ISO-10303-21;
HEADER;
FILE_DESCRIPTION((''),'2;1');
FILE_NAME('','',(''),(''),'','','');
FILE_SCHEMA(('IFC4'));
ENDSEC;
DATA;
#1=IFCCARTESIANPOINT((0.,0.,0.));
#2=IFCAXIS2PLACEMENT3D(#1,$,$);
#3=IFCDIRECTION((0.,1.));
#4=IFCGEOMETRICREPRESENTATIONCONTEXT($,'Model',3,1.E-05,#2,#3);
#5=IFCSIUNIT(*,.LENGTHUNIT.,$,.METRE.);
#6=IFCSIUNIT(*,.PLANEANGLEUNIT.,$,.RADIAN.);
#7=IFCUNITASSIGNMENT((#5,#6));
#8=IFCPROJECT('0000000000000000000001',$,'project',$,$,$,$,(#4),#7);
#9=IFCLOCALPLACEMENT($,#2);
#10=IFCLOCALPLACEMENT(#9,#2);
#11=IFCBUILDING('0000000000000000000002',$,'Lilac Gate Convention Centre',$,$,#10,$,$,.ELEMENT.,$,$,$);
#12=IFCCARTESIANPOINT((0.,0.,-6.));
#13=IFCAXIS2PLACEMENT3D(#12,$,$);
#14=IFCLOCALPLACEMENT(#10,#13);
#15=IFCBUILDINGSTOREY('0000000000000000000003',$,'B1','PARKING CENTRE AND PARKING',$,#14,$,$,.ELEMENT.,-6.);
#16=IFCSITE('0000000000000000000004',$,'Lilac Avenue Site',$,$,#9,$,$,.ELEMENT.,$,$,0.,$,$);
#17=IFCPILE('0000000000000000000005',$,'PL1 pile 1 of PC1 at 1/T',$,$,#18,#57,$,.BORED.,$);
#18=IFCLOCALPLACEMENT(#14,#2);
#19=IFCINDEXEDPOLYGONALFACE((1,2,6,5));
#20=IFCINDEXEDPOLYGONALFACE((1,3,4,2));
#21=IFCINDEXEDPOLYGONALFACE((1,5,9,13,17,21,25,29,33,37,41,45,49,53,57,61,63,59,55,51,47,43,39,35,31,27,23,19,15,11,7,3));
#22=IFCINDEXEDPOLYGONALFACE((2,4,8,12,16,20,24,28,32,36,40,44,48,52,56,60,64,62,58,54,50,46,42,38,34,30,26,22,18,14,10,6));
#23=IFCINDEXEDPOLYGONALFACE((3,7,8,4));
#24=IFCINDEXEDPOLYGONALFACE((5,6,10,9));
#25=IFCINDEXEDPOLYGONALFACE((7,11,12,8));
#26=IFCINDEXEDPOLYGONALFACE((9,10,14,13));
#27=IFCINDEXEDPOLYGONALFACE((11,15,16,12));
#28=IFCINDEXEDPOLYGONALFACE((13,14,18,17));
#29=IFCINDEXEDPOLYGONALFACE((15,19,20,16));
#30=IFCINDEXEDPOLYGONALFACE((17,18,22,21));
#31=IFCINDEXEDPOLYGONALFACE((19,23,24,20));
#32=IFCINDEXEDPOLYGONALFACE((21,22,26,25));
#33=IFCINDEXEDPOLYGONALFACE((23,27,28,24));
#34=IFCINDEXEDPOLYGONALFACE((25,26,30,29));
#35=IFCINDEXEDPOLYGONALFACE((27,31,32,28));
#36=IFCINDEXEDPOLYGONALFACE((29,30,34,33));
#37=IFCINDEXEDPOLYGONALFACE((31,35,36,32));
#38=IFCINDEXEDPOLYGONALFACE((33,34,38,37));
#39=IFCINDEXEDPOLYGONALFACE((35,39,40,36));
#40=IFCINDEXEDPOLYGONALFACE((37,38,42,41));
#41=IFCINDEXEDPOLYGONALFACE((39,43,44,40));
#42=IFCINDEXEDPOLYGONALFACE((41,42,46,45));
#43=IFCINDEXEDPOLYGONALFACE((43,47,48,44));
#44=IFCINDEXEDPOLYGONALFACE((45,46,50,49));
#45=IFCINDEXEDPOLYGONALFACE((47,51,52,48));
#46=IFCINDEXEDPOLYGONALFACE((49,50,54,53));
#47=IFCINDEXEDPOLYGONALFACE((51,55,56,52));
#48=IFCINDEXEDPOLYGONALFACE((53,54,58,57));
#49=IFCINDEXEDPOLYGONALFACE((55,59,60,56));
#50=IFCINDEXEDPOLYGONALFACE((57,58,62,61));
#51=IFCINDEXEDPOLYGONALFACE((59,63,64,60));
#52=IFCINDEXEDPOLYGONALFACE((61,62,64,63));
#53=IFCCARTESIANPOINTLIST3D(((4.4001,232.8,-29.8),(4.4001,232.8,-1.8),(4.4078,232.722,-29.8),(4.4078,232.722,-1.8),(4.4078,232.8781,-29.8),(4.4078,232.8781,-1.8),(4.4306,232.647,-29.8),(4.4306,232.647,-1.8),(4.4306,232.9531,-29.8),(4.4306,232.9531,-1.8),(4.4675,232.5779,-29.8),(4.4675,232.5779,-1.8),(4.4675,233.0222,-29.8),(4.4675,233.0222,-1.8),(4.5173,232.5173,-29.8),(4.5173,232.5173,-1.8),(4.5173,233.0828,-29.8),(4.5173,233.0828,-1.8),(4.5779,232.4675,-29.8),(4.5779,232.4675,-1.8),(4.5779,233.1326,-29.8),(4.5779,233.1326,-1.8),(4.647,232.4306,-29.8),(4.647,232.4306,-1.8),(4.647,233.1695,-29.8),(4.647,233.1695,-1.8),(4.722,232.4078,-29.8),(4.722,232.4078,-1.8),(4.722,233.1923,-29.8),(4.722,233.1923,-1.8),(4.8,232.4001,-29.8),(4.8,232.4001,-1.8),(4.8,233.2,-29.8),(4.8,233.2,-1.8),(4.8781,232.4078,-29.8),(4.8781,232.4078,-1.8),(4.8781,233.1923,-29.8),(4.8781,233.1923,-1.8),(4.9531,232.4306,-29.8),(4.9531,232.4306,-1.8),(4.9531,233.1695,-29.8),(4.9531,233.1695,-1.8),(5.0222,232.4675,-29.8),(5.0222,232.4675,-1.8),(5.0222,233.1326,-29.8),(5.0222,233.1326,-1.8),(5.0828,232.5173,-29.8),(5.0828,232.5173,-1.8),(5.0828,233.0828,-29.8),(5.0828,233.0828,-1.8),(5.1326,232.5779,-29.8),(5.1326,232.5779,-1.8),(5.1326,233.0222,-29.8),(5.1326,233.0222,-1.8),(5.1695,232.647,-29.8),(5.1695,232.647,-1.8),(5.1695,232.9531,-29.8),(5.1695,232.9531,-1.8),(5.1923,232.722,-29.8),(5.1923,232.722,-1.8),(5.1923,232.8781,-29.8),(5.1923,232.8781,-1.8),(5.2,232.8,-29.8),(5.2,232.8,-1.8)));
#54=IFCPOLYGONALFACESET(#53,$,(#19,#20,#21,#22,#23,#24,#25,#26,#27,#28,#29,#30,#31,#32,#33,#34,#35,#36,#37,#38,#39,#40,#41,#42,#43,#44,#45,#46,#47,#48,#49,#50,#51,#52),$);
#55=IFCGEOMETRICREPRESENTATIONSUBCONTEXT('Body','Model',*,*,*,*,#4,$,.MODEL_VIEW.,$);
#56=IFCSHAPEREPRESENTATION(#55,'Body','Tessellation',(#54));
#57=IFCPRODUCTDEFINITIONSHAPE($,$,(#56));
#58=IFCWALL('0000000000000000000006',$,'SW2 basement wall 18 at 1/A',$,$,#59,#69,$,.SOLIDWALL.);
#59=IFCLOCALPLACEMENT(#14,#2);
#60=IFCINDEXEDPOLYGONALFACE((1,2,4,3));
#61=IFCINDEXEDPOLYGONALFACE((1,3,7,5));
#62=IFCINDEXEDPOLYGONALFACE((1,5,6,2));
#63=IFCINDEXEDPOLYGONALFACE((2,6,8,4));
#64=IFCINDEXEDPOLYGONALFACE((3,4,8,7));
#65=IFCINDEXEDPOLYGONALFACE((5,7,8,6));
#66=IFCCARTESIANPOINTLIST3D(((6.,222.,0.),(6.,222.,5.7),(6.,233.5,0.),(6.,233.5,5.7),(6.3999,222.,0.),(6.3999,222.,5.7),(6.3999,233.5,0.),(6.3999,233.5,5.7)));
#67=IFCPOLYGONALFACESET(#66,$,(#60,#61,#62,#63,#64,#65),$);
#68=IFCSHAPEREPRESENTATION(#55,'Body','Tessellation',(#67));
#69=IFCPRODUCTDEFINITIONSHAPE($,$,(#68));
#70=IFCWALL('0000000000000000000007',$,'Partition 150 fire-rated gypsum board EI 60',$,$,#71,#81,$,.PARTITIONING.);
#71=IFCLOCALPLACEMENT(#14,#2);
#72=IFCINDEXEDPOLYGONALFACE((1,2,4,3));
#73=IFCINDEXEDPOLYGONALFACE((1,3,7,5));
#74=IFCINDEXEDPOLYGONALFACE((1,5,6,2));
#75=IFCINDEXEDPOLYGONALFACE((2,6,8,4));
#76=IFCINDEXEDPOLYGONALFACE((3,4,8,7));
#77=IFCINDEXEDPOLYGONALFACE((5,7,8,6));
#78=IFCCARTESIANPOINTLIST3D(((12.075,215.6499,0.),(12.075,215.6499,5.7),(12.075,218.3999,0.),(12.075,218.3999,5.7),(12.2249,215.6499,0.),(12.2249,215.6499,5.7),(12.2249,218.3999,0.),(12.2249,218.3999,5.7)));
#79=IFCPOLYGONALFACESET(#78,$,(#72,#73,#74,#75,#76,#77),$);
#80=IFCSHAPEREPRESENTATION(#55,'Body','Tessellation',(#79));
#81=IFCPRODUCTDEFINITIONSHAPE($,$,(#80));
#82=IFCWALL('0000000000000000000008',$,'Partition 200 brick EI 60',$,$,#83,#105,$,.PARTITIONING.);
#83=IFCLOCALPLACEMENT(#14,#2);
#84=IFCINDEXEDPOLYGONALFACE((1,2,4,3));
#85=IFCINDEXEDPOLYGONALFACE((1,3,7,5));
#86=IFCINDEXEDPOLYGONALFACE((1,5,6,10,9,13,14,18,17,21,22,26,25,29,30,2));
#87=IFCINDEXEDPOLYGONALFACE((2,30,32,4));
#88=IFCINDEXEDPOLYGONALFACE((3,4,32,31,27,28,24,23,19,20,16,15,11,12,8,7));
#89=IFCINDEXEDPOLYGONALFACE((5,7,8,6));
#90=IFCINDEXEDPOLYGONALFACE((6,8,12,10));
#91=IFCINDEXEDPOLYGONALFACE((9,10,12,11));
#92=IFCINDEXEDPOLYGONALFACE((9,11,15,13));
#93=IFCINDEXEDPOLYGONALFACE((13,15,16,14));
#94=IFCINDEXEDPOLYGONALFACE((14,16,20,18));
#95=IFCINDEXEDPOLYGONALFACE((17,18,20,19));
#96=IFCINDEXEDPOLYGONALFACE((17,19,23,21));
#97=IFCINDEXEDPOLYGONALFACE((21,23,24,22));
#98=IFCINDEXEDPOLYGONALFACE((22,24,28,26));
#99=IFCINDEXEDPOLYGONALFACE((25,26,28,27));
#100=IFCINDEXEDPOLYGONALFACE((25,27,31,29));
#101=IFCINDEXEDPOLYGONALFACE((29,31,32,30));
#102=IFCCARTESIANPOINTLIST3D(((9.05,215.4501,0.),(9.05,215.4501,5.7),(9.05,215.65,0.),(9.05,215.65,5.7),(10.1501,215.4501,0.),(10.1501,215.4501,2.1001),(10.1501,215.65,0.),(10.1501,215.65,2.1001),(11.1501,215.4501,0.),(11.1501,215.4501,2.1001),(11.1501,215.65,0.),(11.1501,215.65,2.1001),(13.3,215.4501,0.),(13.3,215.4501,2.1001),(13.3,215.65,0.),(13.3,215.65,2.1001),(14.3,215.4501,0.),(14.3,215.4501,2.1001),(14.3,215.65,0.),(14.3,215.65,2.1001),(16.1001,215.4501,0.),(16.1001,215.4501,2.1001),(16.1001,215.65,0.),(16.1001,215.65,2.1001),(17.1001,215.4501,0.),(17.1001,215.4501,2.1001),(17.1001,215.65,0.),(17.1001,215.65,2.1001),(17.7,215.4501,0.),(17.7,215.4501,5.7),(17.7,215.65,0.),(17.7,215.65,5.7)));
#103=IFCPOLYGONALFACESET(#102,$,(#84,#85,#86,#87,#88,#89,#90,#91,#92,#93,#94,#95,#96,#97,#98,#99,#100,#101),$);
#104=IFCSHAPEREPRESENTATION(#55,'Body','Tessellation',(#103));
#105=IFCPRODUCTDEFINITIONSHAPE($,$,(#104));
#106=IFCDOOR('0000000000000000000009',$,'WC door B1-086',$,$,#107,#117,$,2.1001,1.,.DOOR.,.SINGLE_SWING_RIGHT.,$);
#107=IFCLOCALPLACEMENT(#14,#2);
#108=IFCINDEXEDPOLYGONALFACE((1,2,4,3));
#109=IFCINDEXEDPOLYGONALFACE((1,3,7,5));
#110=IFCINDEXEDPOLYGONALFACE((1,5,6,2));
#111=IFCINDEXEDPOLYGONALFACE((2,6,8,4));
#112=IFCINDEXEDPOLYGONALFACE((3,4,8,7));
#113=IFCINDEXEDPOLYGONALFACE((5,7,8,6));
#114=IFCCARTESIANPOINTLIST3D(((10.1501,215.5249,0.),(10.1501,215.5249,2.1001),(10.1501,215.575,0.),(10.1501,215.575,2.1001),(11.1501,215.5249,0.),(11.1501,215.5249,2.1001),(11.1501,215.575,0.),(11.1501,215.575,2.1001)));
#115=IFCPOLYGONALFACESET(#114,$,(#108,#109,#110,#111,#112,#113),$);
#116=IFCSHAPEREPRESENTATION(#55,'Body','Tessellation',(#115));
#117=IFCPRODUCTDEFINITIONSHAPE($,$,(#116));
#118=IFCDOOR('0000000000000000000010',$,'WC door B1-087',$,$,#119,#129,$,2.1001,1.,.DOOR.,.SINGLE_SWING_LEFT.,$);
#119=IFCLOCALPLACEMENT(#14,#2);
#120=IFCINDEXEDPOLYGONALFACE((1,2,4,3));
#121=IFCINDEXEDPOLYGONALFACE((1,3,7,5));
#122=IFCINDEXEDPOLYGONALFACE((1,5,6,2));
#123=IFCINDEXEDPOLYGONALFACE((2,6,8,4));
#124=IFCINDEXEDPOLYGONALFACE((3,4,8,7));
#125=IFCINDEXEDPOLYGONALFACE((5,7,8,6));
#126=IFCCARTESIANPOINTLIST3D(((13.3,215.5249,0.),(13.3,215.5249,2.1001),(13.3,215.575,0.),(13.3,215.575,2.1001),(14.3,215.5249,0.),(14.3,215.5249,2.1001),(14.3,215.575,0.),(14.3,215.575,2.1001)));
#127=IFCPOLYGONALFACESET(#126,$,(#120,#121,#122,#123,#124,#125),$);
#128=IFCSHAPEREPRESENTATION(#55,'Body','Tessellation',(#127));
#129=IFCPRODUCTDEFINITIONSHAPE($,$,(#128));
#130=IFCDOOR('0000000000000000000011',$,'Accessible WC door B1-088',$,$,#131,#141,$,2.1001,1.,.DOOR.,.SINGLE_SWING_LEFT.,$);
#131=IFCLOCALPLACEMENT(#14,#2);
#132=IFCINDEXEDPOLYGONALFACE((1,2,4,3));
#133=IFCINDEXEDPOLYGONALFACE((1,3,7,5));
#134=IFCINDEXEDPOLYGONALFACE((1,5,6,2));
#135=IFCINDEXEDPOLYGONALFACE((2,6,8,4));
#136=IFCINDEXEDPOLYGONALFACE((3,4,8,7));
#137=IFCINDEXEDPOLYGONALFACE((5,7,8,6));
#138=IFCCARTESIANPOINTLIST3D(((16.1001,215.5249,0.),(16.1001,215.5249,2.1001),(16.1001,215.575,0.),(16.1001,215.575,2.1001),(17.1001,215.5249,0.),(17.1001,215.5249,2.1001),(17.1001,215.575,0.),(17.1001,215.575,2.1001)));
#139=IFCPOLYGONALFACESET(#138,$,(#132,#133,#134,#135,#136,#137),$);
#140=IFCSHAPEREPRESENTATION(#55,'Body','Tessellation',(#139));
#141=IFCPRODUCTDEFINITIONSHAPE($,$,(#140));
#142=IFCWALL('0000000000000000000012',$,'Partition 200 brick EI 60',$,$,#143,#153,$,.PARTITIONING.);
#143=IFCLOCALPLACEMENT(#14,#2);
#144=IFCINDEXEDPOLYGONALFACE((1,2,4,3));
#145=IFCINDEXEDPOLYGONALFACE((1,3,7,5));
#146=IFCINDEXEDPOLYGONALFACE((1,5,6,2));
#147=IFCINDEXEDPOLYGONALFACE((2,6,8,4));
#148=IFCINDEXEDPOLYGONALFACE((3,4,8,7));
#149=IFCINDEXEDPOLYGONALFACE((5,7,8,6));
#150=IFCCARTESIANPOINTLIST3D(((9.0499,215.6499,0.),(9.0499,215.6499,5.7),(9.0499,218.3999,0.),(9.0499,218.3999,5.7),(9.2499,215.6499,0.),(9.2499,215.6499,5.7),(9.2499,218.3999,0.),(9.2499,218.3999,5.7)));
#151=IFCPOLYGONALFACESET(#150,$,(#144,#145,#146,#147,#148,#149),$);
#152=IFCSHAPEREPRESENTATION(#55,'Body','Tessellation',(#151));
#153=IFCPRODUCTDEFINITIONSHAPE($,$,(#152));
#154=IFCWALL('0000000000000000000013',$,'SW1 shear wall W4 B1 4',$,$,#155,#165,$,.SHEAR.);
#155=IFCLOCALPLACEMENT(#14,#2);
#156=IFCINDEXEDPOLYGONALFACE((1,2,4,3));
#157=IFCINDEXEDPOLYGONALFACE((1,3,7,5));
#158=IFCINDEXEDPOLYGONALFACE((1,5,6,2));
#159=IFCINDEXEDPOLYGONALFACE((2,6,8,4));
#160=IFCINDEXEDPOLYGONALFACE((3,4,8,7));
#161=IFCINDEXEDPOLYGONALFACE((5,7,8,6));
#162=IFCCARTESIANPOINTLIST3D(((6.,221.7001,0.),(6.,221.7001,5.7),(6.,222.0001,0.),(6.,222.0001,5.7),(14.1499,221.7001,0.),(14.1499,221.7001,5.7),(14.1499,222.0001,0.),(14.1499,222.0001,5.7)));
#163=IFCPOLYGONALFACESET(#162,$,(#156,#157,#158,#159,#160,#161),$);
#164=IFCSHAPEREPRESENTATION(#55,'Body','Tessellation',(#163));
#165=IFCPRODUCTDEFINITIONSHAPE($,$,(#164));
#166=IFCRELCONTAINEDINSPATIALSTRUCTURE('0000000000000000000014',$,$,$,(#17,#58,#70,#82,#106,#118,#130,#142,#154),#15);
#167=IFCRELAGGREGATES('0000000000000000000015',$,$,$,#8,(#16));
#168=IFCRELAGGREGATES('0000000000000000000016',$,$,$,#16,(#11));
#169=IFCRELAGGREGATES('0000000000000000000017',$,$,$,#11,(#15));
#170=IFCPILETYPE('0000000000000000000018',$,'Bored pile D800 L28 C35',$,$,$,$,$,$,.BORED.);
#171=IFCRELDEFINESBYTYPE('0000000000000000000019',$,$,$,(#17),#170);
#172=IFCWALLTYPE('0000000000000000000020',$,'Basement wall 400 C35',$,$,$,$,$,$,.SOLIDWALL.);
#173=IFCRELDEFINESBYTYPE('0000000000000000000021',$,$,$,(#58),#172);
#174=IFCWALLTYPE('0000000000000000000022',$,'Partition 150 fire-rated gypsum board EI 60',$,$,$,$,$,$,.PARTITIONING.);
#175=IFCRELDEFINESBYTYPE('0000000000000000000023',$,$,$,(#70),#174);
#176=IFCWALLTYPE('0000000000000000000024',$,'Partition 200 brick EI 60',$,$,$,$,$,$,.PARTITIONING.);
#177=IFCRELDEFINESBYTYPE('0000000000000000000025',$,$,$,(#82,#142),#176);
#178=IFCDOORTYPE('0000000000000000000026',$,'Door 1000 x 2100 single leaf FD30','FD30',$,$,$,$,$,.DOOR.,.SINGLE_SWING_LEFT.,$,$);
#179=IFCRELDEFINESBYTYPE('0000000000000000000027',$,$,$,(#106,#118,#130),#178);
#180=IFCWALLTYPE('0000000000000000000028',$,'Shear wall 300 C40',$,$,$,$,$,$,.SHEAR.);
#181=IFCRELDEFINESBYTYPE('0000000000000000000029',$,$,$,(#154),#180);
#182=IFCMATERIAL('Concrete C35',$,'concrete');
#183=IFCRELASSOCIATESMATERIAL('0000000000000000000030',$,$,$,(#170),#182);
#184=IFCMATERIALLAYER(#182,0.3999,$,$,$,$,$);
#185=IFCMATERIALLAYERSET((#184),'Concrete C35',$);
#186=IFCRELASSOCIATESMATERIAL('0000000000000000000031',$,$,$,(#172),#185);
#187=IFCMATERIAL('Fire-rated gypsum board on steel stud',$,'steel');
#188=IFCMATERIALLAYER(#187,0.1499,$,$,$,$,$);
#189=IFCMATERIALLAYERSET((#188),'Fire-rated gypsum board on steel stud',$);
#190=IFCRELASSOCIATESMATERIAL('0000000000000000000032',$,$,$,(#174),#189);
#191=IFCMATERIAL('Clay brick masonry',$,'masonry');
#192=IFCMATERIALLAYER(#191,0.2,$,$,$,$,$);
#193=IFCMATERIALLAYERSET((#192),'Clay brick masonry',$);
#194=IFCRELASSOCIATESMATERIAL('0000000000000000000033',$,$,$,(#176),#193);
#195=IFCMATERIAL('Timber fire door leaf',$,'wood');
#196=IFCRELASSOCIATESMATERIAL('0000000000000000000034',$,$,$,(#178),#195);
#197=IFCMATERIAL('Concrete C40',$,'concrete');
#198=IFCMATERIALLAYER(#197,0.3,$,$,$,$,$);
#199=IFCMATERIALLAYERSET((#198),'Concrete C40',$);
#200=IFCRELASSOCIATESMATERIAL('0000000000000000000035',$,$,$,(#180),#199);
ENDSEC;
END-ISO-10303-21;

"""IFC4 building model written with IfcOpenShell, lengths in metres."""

from ifc_helpers import new_model, si_unit, direction, frame, frame_2d, origin, origin_2d, place, context, subcontext, project, spatial, rectangle, circle, extrude, material, layer, layer_set, material_profile, profile_set, type_object, element, fill, save


model = new_model("IFC4")

# Units and contexts
model_context = context("Model", 3, precision=1e-05, world=origin(), true_north=direction((0.0, 1.0)))
body_context = subcontext(model_context, "Body", "Model", "MODEL_VIEW")
ifc_project = project(units=[si_unit("LENGTHUNIT", "METRE"), si_unit("PLANEANGLEUNIT", "RADIAN")], contexts=[model_context])

# Site, building, storey
site_placement = place(None, origin())
site = spatial("IfcSite", under=ifc_project, at=site_placement, Name="Lilac Avenue Site", CompositionType="ELEMENT", RefElevation=0.0)
building_placement = place(site_placement, origin())
building = spatial("IfcBuilding", under=site, at=building_placement, Name="Lilac Gate Convention Centre", CompositionType="ELEMENT")
storey_placement = place(building_placement, frame((0.0, 0.0, -6.0)))
storey = spatial("IfcBuildingStorey", under=building, at=storey_placement, Name="B1", Description="PARKING CENTRE AND PARKING", CompositionType="ELEMENT", Elevation=-6.0)

# Pile
ifc_material_1 = material(Name="Concrete C35", Category="concrete")
ifc_material_profile = material_profile(ifc_material_1, circle(Radius=0.3999, at=origin_2d()), Name="D800")
ifc_profile_set = profile_set([ifc_material_profile], Name="Concrete C35")
pile_type = type_object("IfcPileType", Name="Bored pile D800 L28 C35", PredefinedType="BORED", material=ifc_profile_set)
pile_placement = place(storey_placement, frame((4.8, 232.8, -1.8), z_axis=(0.0, 0.0, -1.0), x_axis=(1.0, 0.0, 0.0)))
element("IfcPile", 1, at=pile_placement, inside=storey, type_object=pile_type, Name="PL1 pile 1 of PC1 at 1/T", PredefinedType="BORED", context=body_context, shape_type="SweptSolid", body=[
    extrude(circle(Radius=0.3999, at=origin_2d()), origin(), (0.0, 0.0, 1.0), 28.0),
])

# Walls
ifc_layer_1 = layer(ifc_material_1, 0.3999)
ifc_layer_set_1 = layer_set([ifc_layer_1], Name="Concrete C35")
wall_type_1 = type_object("IfcWallType", Name="Basement wall 400 C35", PredefinedType="SOLIDWALL", material=ifc_layer_set_1)
wall_1_placement = place(storey_placement, frame((6.2, 222.0, 0.0), z_axis=(0.0, 0.0, 1.0), x_axis=(0.0, 1.0, 0.0)))
element("IfcWall", 2, at=wall_1_placement, inside=storey, type_object=wall_type_1, Name="SW2 basement wall 18 at 1/A", PredefinedType="SOLIDWALL", context=body_context, shape_type="SweptSolid", body=[
    extrude(rectangle(XDim=11.5, YDim=0.3999, at=frame_2d((5.75, 0.0))), origin(), (0.0, 0.0, 1.0), 5.7),
])
ifc_material_2 = material(Name="Fire-rated gypsum board on steel stud", Category="steel")
ifc_layer_2 = layer(ifc_material_2, 0.1499)
ifc_layer_set_2 = layer_set([ifc_layer_2], Name="Fire-rated gypsum board on steel stud")
wall_type_2 = type_object("IfcWallType", Name="Partition 150 fire-rated gypsum board EI 60", PredefinedType="PARTITIONING", material=ifc_layer_set_2)
wall_2_placement = place(storey_placement, frame((12.1499, 215.6499, 0.0), z_axis=(0.0, 0.0, 1.0), x_axis=(0.0, 1.0, 0.0)))
element("IfcWall", 3, at=wall_2_placement, inside=storey, type_object=wall_type_2, Name="Partition 150 fire-rated gypsum board EI 60", PredefinedType="PARTITIONING", context=body_context, shape_type="SweptSolid", body=[
    extrude(rectangle(XDim=2.75, YDim=0.1499, at=frame_2d((1.375, 0.0))), origin(), (0.0, 0.0, 1.0), 5.7),
])

# Wall, openings, doors
ifc_material_3 = material(Name="Clay brick masonry", Category="masonry")
ifc_layer_3 = layer(ifc_material_3, 0.2)
ifc_layer_set_3 = layer_set([ifc_layer_3], Name="Clay brick masonry")
wall_type_3 = type_object("IfcWallType", Name="Partition 200 brick EI 60", PredefinedType="PARTITIONING", material=ifc_layer_set_3)
wall_3_placement = place(storey_placement, frame((9.05, 215.55, 0.0), z_axis=(0.0, 0.0, 1.0), x_axis=(1.0, 0.0, 0.0)))
wall_3 = element("IfcWall", 4, at=wall_3_placement, inside=storey, type_object=wall_type_3, Name="Partition 200 brick EI 60", PredefinedType="PARTITIONING", context=body_context, shape_type="SweptSolid", body=[
    extrude(rectangle(XDim=8.6499, YDim=0.2, at=frame_2d((4.325, 0.0))), origin(), (0.0, 0.0, 1.0), 5.7),
])
opening_1_placement = place(wall_3_placement, frame((1.1001, 0.0, 0.0)))
opening_1 = element("IfcOpeningElement", 5, at=opening_1_placement, cuts=wall_3, PredefinedType="OPENING", context=body_context, shape_type="SweptSolid", body=[
    extrude(rectangle(XDim=1.0, YDim=2.1001, at=frame_2d((0.5, 1.05))), frame((0.0, 0.1099, 0.0), z_axis=(0.0, -1.0, 0.0), x_axis=(1.0, 0.0, 0.0)), (0.0, 0.0, 1.0), 0.22),
])
opening_2_placement = place(wall_3_placement, frame((4.25, 0.0, 0.0)))
opening_2 = element("IfcOpeningElement", 6, at=opening_2_placement, cuts=wall_3, PredefinedType="OPENING", context=body_context, shape_type="SweptSolid", body=[
    extrude(rectangle(XDim=1.0, YDim=2.1001, at=frame_2d((0.5, 1.05))), frame((0.0, 0.1099, 0.0), z_axis=(0.0, -1.0, 0.0), x_axis=(1.0, 0.0, 0.0)), (0.0, 0.0, 1.0), 0.22),
])
opening_3_placement = place(wall_3_placement, frame((7.05, 0.0, 0.0)))
opening_3 = element("IfcOpeningElement", 7, at=opening_3_placement, cuts=wall_3, PredefinedType="OPENING", context=body_context, shape_type="SweptSolid", body=[
    extrude(rectangle(XDim=1.0, YDim=2.1001, at=frame_2d((0.5, 1.05))), frame((0.0, 0.1099, 0.0), z_axis=(0.0, -1.0, 0.0), x_axis=(1.0, 0.0, 0.0)), (0.0, 0.0, 1.0), 0.22),
])
ifc_material_4 = material(Name="Timber fire door leaf", Category="wood")
door_type_1 = type_object("IfcDoorType", Name="Door 1000 x 2100 single leaf FD30", Description="FD30", OperationType="SINGLE_SWING_LEFT", PredefinedType="DOOR", material=ifc_material_4)
door_1_placement = place(opening_1_placement, origin())
door_1 = element("IfcDoor", 8, at=door_1_placement, inside=storey, type_object=door_type_1, Name="WC door B1-086", OperationType="SINGLE_SWING_RIGHT", OverallHeight=2.1001, OverallWidth=1.0, PredefinedType="DOOR", context=body_context, shape_type="SweptSolid", body=[
    extrude(rectangle(XDim=1.0, YDim=2.1001, at=frame_2d((0.5, 1.05))), frame((0.0, 0.0249, 0.0), z_axis=(0.0, -1.0, 0.0), x_axis=(1.0, 0.0, 0.0)), (0.0, 0.0, 1.0), 0.05),
])
fill(opening_1, door_1)
door_2_placement = place(opening_2_placement, origin())
door_2 = element("IfcDoor", 9, at=door_2_placement, inside=storey, type_object=door_type_1, Name="WC door B1-087", OperationType="SINGLE_SWING_LEFT", OverallHeight=2.1001, OverallWidth=1.0, PredefinedType="DOOR", context=body_context, shape_type="SweptSolid", body=[
    extrude(rectangle(XDim=1.0, YDim=2.1001, at=frame_2d((0.5, 1.05))), frame((0.0, 0.0249, 0.0), z_axis=(0.0, -1.0, 0.0), x_axis=(1.0, 0.0, 0.0)), (0.0, 0.0, 1.0), 0.05),
])
fill(opening_2, door_2)
door_3_placement = place(opening_3_placement, origin())
door_3 = element("IfcDoor", 10, at=door_3_placement, inside=storey, type_object=door_type_1, Name="Accessible WC door B1-088", OperationType="SINGLE_SWING_LEFT", OverallHeight=2.1001, OverallWidth=1.0, PredefinedType="DOOR", context=body_context, shape_type="SweptSolid", body=[
    extrude(rectangle(XDim=1.0, YDim=2.1001, at=frame_2d((0.5, 1.05))), frame((0.0, 0.0249, 0.0), z_axis=(0.0, -1.0, 0.0), x_axis=(1.0, 0.0, 0.0)), (0.0, 0.0, 1.0), 0.05),
])
fill(opening_3, door_3)

# Walls
wall_4_placement = place(storey_placement, frame((9.1499, 215.6499, 0.0), z_axis=(0.0, 0.0, 1.0), x_axis=(0.0, 1.0, 0.0)))
element("IfcWall", 11, at=wall_4_placement, inside=storey, type_object=wall_type_3, Name="Partition 200 brick EI 60", PredefinedType="PARTITIONING", context=body_context, shape_type="SweptSolid", body=[
    extrude(rectangle(XDim=2.75, YDim=0.2, at=frame_2d((1.375, 0.0))), origin(), (0.0, 0.0, 1.0), 5.7),
])
ifc_material_5 = material(Name="Concrete C40", Category="concrete")
ifc_layer_4 = layer(ifc_material_5, 0.3)
ifc_layer_set_4 = layer_set([ifc_layer_4], Name="Concrete C40")
wall_type_4 = type_object("IfcWallType", Name="Shear wall 300 C40", PredefinedType="SHEAR", material=ifc_layer_set_4)
wall_5_placement = place(storey_placement, frame((6.0, 221.8501, 0.0), z_axis=(0.0, 0.0, 1.0), x_axis=(1.0, 0.0, 0.0)))
element("IfcWall", 12, at=wall_5_placement, inside=storey, type_object=wall_type_4, Name="SW1 shear wall W4 B1 4", PredefinedType="SHEAR", context=body_context, shape_type="SweptSolid", body=[
    extrude(rectangle(XDim=8.1499, YDim=0.3, at=frame_2d((4.075, 0.0))), origin(), (0.0, 0.0, 1.0), 5.7),
])

save(model, "model.ifc")
